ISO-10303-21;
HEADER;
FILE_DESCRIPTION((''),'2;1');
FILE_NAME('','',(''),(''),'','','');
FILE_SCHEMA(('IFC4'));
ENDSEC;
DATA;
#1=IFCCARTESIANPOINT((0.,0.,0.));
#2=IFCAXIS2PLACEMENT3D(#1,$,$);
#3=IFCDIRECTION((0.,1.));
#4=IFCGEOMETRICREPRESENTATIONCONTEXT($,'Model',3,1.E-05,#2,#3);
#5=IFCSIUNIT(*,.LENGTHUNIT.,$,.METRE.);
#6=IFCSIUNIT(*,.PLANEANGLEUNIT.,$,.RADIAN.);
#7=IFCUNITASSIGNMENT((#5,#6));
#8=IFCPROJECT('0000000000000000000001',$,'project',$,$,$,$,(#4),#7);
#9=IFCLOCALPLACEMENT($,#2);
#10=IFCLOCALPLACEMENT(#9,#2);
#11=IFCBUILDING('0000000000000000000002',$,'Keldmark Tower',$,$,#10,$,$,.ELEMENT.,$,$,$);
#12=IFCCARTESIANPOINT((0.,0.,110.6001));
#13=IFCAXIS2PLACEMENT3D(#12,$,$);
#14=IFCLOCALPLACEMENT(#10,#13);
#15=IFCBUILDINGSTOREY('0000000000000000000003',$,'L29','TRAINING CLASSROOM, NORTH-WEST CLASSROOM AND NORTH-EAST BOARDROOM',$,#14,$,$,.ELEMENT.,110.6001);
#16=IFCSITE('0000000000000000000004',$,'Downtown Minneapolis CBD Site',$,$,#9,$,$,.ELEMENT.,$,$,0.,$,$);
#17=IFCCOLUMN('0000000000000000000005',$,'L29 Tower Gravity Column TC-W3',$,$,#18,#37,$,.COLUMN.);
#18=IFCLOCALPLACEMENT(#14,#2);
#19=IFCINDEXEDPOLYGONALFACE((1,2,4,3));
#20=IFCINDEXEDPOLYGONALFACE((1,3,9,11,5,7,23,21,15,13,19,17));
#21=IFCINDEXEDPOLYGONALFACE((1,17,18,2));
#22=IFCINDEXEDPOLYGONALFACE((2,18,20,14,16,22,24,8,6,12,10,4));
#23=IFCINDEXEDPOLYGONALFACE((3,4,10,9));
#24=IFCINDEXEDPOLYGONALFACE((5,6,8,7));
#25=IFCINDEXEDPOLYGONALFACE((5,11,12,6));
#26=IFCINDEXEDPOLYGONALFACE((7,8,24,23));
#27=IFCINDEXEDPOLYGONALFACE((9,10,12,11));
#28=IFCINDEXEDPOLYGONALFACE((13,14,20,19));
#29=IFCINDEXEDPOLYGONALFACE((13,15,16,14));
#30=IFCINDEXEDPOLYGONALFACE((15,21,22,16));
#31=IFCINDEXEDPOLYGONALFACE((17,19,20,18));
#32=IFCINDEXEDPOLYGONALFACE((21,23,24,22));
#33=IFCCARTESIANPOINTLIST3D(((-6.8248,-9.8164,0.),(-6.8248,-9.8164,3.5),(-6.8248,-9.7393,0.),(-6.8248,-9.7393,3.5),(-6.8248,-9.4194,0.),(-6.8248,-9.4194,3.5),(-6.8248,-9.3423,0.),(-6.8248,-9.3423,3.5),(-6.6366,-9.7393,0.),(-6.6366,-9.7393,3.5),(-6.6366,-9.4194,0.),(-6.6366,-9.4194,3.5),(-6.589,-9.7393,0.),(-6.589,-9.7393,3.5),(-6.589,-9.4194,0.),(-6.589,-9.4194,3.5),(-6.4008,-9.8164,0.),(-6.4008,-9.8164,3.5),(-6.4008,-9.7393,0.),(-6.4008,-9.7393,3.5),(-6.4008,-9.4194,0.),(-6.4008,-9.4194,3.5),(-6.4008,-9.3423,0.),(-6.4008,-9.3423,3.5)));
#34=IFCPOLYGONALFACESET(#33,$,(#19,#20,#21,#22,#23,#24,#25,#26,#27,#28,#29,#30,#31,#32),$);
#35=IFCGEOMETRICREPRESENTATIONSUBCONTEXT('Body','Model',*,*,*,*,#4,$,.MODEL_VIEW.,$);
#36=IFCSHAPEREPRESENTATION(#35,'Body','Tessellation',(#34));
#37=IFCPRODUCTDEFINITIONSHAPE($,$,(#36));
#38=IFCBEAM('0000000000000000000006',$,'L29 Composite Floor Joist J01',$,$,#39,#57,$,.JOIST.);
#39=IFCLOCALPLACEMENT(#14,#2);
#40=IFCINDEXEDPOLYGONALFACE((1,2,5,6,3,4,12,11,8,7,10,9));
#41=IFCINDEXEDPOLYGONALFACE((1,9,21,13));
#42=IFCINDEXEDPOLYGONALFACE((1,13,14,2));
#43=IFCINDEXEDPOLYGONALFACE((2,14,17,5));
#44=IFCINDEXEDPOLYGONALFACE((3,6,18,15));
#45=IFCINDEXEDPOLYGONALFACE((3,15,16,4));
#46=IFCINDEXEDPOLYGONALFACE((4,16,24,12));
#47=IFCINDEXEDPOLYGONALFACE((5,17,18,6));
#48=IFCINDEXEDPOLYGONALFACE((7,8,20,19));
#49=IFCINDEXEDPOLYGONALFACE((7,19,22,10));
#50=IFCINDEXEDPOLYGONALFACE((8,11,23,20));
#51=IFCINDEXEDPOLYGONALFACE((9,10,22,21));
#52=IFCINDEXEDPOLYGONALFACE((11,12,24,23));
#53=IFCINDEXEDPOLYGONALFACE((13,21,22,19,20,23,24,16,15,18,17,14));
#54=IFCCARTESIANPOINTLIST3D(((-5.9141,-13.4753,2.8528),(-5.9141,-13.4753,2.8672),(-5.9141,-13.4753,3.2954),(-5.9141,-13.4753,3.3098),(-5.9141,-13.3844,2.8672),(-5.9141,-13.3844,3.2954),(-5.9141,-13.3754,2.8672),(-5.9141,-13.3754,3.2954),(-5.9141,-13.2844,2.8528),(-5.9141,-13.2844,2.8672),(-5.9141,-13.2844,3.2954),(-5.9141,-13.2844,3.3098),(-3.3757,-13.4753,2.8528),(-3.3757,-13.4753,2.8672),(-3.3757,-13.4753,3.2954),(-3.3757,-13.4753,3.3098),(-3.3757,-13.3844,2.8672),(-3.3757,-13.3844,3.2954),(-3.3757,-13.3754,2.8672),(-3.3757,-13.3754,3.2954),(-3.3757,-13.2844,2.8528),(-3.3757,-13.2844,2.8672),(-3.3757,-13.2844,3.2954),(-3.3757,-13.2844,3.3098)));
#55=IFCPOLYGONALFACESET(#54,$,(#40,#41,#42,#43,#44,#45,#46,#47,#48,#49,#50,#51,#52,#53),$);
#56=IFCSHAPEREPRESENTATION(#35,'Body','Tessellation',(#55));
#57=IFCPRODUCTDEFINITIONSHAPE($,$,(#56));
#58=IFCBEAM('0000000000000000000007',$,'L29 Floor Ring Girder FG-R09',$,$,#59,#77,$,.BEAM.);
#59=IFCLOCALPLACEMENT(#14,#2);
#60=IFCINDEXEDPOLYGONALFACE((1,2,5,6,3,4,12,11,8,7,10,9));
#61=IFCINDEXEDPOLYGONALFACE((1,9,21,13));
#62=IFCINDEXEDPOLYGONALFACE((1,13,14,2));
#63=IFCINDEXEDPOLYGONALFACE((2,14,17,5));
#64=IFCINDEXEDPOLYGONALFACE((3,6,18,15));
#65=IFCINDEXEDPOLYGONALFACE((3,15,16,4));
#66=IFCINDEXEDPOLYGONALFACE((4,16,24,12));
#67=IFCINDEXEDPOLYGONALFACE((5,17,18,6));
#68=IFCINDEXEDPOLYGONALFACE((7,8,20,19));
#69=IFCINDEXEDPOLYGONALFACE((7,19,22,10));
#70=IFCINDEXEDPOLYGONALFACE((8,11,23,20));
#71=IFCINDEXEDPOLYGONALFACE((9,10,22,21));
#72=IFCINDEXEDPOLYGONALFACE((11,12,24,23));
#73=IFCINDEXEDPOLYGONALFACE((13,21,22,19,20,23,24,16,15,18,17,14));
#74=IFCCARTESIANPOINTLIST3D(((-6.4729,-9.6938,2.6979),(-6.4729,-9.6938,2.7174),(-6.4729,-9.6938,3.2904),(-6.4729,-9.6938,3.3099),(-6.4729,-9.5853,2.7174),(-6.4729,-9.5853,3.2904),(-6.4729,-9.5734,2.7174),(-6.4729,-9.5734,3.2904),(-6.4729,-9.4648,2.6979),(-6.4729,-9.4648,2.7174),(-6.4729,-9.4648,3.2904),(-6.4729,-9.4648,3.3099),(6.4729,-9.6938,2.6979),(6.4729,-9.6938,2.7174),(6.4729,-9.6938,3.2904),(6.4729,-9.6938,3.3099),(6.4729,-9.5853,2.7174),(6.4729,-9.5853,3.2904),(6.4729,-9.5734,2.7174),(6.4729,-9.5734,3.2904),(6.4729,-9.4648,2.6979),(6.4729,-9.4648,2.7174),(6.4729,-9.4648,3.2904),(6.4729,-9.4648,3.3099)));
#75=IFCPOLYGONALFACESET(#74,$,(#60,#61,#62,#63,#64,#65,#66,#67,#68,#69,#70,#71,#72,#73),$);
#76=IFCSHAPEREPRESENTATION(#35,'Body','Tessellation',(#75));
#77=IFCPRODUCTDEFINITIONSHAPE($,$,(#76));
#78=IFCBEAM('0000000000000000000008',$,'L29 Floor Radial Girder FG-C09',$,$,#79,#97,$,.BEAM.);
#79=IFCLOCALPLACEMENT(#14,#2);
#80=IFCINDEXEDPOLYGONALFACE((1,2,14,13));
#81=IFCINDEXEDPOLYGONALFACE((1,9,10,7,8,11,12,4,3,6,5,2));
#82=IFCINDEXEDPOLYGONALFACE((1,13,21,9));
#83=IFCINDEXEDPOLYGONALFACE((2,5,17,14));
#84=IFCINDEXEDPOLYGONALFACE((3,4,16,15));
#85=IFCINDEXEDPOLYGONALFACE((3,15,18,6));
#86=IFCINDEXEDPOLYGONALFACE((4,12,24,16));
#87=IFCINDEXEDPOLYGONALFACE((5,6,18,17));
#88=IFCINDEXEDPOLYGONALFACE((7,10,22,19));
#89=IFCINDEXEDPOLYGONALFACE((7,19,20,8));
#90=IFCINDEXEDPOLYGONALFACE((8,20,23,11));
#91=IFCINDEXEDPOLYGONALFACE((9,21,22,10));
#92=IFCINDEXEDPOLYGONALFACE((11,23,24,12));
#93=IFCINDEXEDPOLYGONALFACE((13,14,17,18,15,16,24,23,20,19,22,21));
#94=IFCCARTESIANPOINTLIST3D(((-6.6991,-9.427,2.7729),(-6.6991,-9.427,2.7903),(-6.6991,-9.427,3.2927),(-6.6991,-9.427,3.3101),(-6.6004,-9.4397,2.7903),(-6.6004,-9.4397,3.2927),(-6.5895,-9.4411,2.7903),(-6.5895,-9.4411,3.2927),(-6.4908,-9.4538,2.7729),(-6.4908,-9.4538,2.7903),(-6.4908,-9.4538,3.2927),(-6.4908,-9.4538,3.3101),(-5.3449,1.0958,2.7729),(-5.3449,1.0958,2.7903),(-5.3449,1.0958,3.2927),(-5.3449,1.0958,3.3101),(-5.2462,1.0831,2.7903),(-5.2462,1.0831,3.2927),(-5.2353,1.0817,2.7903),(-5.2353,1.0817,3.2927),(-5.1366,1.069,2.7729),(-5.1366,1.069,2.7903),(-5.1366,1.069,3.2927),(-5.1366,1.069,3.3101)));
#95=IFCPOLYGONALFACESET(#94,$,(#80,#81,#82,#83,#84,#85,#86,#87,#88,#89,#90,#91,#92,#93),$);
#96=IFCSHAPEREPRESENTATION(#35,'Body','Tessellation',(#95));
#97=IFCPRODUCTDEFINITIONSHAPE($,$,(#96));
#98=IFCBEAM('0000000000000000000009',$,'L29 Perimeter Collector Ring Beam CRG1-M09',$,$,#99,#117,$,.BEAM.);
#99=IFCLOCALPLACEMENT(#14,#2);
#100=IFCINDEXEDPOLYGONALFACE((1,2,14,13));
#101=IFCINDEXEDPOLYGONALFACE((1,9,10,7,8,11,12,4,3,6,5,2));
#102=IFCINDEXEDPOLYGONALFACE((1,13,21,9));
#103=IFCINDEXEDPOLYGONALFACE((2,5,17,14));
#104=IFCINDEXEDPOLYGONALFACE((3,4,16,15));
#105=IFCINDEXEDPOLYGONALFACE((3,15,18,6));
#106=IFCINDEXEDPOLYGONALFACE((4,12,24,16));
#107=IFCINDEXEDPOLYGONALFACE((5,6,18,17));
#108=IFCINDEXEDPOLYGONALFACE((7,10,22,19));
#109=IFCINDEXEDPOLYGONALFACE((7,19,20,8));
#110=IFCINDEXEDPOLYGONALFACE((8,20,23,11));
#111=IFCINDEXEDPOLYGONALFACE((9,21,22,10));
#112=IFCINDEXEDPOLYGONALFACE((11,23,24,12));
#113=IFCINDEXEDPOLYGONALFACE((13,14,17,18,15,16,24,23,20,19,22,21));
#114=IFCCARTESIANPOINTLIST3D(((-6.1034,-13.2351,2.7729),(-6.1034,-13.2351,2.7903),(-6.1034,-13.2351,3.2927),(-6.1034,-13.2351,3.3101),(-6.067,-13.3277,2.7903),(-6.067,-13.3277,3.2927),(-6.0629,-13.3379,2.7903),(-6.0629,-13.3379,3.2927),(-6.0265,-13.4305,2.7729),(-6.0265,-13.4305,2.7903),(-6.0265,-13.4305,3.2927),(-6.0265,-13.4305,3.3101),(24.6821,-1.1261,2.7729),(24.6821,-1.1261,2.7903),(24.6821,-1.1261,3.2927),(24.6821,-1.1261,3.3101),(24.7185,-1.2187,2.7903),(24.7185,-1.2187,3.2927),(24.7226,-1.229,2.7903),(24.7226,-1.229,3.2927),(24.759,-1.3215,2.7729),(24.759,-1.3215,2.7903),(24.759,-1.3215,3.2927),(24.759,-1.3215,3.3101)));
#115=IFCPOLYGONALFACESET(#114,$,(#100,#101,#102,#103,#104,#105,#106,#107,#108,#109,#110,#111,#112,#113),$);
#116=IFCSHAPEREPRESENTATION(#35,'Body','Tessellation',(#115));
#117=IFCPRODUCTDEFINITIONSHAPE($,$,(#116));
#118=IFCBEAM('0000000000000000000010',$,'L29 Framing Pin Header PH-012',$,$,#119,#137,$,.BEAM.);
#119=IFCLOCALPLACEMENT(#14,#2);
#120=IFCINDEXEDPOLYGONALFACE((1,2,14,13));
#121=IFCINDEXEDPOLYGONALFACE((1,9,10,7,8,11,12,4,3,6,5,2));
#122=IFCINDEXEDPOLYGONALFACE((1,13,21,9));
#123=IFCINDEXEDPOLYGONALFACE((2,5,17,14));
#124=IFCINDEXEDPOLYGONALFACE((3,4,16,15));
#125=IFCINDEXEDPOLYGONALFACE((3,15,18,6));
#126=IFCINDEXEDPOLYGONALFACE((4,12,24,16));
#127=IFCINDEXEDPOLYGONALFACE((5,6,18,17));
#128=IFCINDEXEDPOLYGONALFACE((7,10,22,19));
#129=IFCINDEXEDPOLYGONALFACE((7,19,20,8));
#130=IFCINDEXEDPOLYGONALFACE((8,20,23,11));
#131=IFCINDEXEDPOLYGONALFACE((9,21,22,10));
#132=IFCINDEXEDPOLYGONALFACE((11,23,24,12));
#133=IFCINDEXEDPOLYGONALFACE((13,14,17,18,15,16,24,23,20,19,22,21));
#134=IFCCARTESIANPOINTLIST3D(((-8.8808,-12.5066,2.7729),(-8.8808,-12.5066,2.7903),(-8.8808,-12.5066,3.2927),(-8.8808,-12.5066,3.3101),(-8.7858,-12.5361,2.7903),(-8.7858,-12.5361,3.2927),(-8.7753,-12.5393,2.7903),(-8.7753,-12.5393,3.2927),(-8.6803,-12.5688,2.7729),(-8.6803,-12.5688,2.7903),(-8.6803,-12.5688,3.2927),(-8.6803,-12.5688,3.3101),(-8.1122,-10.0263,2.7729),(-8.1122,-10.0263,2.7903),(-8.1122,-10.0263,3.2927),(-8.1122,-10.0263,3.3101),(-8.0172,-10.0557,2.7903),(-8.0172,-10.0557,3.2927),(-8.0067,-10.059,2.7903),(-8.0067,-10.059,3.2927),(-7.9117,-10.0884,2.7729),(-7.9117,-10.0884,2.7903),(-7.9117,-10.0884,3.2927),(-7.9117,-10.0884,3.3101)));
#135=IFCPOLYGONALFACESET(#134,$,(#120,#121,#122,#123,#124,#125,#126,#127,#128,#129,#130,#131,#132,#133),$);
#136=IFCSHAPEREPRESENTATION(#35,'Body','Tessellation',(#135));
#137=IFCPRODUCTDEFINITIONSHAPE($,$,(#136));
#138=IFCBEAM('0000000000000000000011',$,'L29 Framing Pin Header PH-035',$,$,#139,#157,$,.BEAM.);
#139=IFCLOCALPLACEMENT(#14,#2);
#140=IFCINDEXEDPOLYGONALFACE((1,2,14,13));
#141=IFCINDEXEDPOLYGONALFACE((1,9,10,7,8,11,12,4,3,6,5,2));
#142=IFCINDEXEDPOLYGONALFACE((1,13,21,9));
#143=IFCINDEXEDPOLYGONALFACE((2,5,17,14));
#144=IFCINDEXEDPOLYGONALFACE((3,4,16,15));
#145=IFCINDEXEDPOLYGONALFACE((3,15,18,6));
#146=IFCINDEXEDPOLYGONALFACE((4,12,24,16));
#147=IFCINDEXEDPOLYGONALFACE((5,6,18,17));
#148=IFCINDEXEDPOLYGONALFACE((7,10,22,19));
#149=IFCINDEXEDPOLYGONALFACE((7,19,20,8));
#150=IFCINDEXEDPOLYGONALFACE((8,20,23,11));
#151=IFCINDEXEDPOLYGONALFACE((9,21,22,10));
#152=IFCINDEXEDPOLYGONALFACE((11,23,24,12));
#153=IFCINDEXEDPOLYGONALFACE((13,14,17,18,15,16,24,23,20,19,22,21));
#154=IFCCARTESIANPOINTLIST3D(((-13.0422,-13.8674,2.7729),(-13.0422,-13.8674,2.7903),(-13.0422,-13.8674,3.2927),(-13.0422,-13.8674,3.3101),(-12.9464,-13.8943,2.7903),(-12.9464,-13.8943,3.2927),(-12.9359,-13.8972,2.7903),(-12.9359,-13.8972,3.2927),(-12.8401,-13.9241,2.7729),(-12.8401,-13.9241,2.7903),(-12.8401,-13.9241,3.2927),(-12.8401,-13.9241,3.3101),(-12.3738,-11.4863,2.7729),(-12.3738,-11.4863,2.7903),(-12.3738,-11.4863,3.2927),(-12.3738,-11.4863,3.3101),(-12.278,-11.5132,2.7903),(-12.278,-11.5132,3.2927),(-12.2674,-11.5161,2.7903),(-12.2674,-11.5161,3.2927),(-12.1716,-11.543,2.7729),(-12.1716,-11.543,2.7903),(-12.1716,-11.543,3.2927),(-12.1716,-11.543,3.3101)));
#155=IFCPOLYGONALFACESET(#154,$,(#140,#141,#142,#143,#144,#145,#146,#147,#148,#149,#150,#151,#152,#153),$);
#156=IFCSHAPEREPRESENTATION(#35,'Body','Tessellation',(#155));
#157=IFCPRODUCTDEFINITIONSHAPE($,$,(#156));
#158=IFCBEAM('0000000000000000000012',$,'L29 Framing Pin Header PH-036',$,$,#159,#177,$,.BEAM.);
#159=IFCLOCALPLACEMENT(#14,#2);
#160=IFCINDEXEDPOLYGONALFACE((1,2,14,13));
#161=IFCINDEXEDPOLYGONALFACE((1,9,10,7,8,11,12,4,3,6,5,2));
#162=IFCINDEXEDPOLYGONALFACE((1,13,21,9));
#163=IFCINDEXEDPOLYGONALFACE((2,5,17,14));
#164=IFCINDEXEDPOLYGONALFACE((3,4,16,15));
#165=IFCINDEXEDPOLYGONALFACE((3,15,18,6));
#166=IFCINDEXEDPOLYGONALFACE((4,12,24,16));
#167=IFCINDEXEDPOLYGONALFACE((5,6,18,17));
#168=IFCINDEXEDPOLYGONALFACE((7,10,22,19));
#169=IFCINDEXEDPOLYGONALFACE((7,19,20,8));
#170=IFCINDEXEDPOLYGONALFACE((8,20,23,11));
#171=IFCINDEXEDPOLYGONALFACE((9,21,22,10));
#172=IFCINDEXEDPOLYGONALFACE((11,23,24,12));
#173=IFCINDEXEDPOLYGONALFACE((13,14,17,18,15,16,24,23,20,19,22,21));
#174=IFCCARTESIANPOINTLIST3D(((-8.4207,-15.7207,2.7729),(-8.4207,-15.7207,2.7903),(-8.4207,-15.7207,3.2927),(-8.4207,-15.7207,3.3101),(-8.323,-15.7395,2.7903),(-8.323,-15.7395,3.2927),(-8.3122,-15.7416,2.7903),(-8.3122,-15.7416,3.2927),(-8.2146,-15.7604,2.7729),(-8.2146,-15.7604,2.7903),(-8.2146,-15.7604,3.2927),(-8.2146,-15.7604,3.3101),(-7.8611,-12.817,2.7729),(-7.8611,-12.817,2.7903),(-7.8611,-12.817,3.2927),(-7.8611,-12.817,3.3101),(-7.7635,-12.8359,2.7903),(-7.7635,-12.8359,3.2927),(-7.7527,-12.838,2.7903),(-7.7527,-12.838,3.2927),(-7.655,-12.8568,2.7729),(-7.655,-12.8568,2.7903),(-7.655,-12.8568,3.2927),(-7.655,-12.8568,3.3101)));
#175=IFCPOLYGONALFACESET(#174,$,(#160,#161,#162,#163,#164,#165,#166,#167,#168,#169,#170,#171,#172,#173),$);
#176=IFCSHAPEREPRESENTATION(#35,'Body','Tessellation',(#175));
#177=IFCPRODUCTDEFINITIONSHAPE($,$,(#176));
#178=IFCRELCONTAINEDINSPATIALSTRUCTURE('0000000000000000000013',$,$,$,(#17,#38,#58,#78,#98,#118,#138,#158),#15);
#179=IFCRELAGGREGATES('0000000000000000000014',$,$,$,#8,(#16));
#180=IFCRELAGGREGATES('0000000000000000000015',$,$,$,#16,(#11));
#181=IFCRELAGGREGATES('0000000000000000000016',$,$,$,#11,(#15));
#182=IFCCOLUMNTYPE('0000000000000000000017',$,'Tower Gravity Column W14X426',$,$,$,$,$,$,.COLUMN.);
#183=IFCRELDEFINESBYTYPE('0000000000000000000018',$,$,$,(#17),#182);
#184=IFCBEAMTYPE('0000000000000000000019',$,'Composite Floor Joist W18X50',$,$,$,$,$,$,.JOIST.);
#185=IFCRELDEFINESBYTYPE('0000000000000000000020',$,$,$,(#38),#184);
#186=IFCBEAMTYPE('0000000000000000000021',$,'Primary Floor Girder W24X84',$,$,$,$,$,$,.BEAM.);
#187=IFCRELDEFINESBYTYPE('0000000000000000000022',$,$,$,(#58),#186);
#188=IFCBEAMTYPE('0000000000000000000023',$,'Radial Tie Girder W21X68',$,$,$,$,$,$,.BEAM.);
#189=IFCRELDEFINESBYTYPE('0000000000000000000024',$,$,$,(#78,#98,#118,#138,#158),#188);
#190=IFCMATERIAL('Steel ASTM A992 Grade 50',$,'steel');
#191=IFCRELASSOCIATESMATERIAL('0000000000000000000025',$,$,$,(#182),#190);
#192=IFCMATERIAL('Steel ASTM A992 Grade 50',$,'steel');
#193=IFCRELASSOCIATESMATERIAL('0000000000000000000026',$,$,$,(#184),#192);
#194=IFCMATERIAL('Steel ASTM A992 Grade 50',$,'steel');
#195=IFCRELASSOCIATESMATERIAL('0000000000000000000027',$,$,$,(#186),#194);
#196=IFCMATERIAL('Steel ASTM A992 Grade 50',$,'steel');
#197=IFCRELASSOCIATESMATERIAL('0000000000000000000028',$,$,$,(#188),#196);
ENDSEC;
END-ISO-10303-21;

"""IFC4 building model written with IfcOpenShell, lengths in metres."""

from ifc_helpers import new_model, si_unit, direction, frame, origin, origin_2d, place, context, subcontext, project, spatial, i_section, extrude, material, material_profile, profile_set, type_object, element, save


model = new_model("IFC4")

# Units and contexts
model_context = context("Model", 3, precision=1e-05, world=origin(), true_north=direction((0.0, 1.0)))
body_context = subcontext(model_context, "Body", "Model", "MODEL_VIEW")
ifc_project = project(units=[si_unit("LENGTHUNIT", "METRE"), si_unit("PLANEANGLEUNIT", "RADIAN")], contexts=[model_context])

# Site, building, storey
site_placement = place(None, origin())
site = spatial("IfcSite", under=ifc_project, at=site_placement, Name="Downtown Minneapolis CBD Site", CompositionType="ELEMENT", RefElevation=0.0)
building_placement = place(site_placement, origin())
building = spatial("IfcBuilding", under=site, at=building_placement, Name="Keldmark Tower", CompositionType="ELEMENT")
storey_placement = place(building_placement, frame((0.0, 0.0, 110.6001)))
storey = spatial("IfcBuildingStorey", under=building, at=storey_placement, Name="L29", Description="TRAINING CLASSROOM, NORTH-WEST CLASSROOM AND NORTH-EAST BOARDROOM", CompositionType="ELEMENT", Elevation=110.6001)

# Column
ifc_material_1 = material(Name="Steel ASTM A992 Grade 50", Category="steel")
ifc_material_profile_1 = material_profile(ifc_material_1, i_section(OverallWidth=0.4241, OverallDepth=0.4741, WebThickness=0.0476, FlangeThickness=0.0771, at=origin_2d()), Name="W14X426")
ifc_profile_set_1 = profile_set([ifc_material_profile_1], Name="Steel ASTM A992 Grade 50")
column_type = type_object("IfcColumnType", Name="Tower Gravity Column W14X426", PredefinedType="COLUMN", material=ifc_profile_set_1)
column_placement = place(storey_placement, frame((-6.6128, -9.5793, 0.0), z_axis=(0.0, 0.0, 1.0), x_axis=(1.0, 0.0, 0.0)))
element("IfcColumn", 1, at=column_placement, inside=storey, type_object=column_type, Name="L29 Tower Gravity Column TC-W3", PredefinedType="COLUMN", context=body_context, shape_type="SweptSolid", body=[
    extrude(i_section(OverallWidth=0.4241, OverallDepth=0.4741, WebThickness=0.0476, FlangeThickness=0.0771, at=origin_2d()), origin(), (0.0, 0.0, 1.0), 3.5),
])

# Beams
ifc_material_2 = material(Name="Steel ASTM A992 Grade 50", Category="steel")
ifc_material_profile_2 = material_profile(ifc_material_2, i_section(OverallWidth=0.1909, OverallDepth=0.457, WebThickness=0.009, FlangeThickness=0.0144, at=origin_2d()), Name="W18X50")
ifc_profile_set_2 = profile_set([ifc_material_profile_2], Name="Steel ASTM A992 Grade 50")
beam_type_1 = type_object("IfcBeamType", Name="Composite Floor Joist W18X50", PredefinedType="JOIST", material=ifc_profile_set_2)
beam_1_placement = place(storey_placement, frame((-5.9141, -13.3799, 3.0813), z_axis=(1.0, 0.0, 0.0), x_axis=(0.0, 1.0, 0.0)))
element("IfcBeam", 2, at=beam_1_placement, inside=storey, type_object=beam_type_1, Name="L29 Composite Floor Joist J01", PredefinedType="JOIST", context=body_context, shape_type="SweptSolid", body=[
    extrude(i_section(OverallWidth=0.1909, OverallDepth=0.457, WebThickness=0.009, FlangeThickness=0.0144, at=origin_2d()), origin(), (0.0, 0.0, 1.0), 2.5383),
])
ifc_material_3 = material(Name="Steel ASTM A992 Grade 50", Category="steel")
ifc_material_profile_3 = material_profile(ifc_material_3, i_section(OverallWidth=0.229, OverallDepth=0.6121, WebThickness=0.012, FlangeThickness=0.0195, at=origin_2d()), Name="W24X84")
ifc_profile_set_3 = profile_set([ifc_material_profile_3], Name="Steel ASTM A992 Grade 50")
beam_type_2 = type_object("IfcBeamType", Name="Primary Floor Girder W24X84", PredefinedType="BEAM", material=ifc_profile_set_3)
beam_2_placement = place(storey_placement, frame((-6.4729, -9.5793, 3.0039), z_axis=(1.0, 0.0, 0.0), x_axis=(0.0, 1.0, 0.0)))
element("IfcBeam", 3, at=beam_2_placement, inside=storey, type_object=beam_type_2, Name="L29 Floor Ring Girder FG-R09", PredefinedType="BEAM", context=body_context, shape_type="SweptSolid", body=[
    extrude(i_section(OverallWidth=0.229, OverallDepth=0.6121, WebThickness=0.012, FlangeThickness=0.0195, at=origin_2d()), origin(), (0.0, 0.0, 1.0), 12.9458),
])
ifc_material_4 = material(Name="Steel ASTM A992 Grade 50", Category="steel")
ifc_material_profile_4 = material_profile(ifc_material_4, i_section(OverallWidth=0.21, OverallDepth=0.5371, WebThickness=0.011, FlangeThickness=0.0173, at=origin_2d()), Name="W21X68")
ifc_profile_set_4 = profile_set([ifc_material_profile_4], Name="Steel ASTM A992 Grade 50")
beam_type_3 = type_object("IfcBeamType", Name="Radial Tie Girder W21X68", PredefinedType="BEAM", material=ifc_profile_set_4)
beam_3_placement = place(storey_placement, frame((-6.595, -9.4404, 3.0415), z_axis=(0.127642, 0.99182, 0.0), x_axis=(-0.99182, 0.127642, 0.0)))
element("IfcBeam", 4, at=beam_3_placement, inside=storey, type_object=beam_type_3, Name="L29 Floor Radial Girder FG-C09", PredefinedType="BEAM", context=body_context, shape_type="SweptSolid", body=[
    extrude(i_section(OverallWidth=0.21, OverallDepth=0.5371, WebThickness=0.011, FlangeThickness=0.0173, at=origin_2d()), origin(), (0.0, 0.0, 1.0), 10.6096),
])
beam_4_placement = place(storey_placement, frame((-6.0649, -13.3328, 3.0415), z_axis=(0.930601, 0.366035, 0.0), x_axis=(-0.366035, 0.930601, 0.0)))
element("IfcBeam", 5, at=beam_4_placement, inside=storey, type_object=beam_type_3, Name="L29 Perimeter Collector Ring Beam CRG1-M09", PredefinedType="BEAM", context=body_context, shape_type="SweptSolid", body=[
    extrude(i_section(OverallWidth=0.21, OverallDepth=0.5371, WebThickness=0.011, FlangeThickness=0.0173, at=origin_2d()), origin(), (0.0, 0.0, 1.0), 33.0813),
])
beam_5_placement = place(storey_placement, frame((-8.012, -10.0574, 3.0415), z_axis=(-0.295988, -0.955192, 0.0), x_axis=(0.955192, -0.295988, 0.0)))
element("IfcBeam", 6, at=beam_5_placement, inside=storey, type_object=beam_type_3, Name="L29 Framing Pin Header PH-012", PredefinedType="BEAM", context=body_context, shape_type="SweptSolid", body=[
    extrude(i_section(OverallWidth=0.21, OverallDepth=0.5371, WebThickness=0.011, FlangeThickness=0.0173, at=origin_2d()), origin(), (0.0, 0.0, 1.0), 2.5967),
])
beam_6_placement = place(storey_placement, frame((-12.2727, -11.5146, 3.0415), z_axis=(-0.270285, -0.96278, 0.0), x_axis=(0.96278, -0.270285, 0.0)))
element("IfcBeam", 7, at=beam_6_placement, inside=storey, type_object=beam_type_3, Name="L29 Framing Pin Header PH-035", PredefinedType="BEAM", context=body_context, shape_type="SweptSolid", body=[
    extrude(i_section(OverallWidth=0.21, OverallDepth=0.5371, WebThickness=0.011, FlangeThickness=0.0173, at=origin_2d()), origin(), (0.0, 0.0, 1.0), 2.4731),
])
beam_7_placement = place(storey_placement, frame((-7.7581, -12.8369, 3.0415), z_axis=(-0.189236, -0.981932, 0.0), x_axis=(0.981932, -0.189236, 0.0)))
element("IfcBeam", 8, at=beam_7_placement, inside=storey, type_object=beam_type_3, Name="L29 Framing Pin Header PH-036", PredefinedType="BEAM", context=body_context, shape_type="SweptSolid", body=[
    extrude(i_section(OverallWidth=0.21, OverallDepth=0.5371, WebThickness=0.011, FlangeThickness=0.0173, at=origin_2d()), origin(), (0.0, 0.0, 1.0), 2.957),
])

save(model, "model.ifc")
